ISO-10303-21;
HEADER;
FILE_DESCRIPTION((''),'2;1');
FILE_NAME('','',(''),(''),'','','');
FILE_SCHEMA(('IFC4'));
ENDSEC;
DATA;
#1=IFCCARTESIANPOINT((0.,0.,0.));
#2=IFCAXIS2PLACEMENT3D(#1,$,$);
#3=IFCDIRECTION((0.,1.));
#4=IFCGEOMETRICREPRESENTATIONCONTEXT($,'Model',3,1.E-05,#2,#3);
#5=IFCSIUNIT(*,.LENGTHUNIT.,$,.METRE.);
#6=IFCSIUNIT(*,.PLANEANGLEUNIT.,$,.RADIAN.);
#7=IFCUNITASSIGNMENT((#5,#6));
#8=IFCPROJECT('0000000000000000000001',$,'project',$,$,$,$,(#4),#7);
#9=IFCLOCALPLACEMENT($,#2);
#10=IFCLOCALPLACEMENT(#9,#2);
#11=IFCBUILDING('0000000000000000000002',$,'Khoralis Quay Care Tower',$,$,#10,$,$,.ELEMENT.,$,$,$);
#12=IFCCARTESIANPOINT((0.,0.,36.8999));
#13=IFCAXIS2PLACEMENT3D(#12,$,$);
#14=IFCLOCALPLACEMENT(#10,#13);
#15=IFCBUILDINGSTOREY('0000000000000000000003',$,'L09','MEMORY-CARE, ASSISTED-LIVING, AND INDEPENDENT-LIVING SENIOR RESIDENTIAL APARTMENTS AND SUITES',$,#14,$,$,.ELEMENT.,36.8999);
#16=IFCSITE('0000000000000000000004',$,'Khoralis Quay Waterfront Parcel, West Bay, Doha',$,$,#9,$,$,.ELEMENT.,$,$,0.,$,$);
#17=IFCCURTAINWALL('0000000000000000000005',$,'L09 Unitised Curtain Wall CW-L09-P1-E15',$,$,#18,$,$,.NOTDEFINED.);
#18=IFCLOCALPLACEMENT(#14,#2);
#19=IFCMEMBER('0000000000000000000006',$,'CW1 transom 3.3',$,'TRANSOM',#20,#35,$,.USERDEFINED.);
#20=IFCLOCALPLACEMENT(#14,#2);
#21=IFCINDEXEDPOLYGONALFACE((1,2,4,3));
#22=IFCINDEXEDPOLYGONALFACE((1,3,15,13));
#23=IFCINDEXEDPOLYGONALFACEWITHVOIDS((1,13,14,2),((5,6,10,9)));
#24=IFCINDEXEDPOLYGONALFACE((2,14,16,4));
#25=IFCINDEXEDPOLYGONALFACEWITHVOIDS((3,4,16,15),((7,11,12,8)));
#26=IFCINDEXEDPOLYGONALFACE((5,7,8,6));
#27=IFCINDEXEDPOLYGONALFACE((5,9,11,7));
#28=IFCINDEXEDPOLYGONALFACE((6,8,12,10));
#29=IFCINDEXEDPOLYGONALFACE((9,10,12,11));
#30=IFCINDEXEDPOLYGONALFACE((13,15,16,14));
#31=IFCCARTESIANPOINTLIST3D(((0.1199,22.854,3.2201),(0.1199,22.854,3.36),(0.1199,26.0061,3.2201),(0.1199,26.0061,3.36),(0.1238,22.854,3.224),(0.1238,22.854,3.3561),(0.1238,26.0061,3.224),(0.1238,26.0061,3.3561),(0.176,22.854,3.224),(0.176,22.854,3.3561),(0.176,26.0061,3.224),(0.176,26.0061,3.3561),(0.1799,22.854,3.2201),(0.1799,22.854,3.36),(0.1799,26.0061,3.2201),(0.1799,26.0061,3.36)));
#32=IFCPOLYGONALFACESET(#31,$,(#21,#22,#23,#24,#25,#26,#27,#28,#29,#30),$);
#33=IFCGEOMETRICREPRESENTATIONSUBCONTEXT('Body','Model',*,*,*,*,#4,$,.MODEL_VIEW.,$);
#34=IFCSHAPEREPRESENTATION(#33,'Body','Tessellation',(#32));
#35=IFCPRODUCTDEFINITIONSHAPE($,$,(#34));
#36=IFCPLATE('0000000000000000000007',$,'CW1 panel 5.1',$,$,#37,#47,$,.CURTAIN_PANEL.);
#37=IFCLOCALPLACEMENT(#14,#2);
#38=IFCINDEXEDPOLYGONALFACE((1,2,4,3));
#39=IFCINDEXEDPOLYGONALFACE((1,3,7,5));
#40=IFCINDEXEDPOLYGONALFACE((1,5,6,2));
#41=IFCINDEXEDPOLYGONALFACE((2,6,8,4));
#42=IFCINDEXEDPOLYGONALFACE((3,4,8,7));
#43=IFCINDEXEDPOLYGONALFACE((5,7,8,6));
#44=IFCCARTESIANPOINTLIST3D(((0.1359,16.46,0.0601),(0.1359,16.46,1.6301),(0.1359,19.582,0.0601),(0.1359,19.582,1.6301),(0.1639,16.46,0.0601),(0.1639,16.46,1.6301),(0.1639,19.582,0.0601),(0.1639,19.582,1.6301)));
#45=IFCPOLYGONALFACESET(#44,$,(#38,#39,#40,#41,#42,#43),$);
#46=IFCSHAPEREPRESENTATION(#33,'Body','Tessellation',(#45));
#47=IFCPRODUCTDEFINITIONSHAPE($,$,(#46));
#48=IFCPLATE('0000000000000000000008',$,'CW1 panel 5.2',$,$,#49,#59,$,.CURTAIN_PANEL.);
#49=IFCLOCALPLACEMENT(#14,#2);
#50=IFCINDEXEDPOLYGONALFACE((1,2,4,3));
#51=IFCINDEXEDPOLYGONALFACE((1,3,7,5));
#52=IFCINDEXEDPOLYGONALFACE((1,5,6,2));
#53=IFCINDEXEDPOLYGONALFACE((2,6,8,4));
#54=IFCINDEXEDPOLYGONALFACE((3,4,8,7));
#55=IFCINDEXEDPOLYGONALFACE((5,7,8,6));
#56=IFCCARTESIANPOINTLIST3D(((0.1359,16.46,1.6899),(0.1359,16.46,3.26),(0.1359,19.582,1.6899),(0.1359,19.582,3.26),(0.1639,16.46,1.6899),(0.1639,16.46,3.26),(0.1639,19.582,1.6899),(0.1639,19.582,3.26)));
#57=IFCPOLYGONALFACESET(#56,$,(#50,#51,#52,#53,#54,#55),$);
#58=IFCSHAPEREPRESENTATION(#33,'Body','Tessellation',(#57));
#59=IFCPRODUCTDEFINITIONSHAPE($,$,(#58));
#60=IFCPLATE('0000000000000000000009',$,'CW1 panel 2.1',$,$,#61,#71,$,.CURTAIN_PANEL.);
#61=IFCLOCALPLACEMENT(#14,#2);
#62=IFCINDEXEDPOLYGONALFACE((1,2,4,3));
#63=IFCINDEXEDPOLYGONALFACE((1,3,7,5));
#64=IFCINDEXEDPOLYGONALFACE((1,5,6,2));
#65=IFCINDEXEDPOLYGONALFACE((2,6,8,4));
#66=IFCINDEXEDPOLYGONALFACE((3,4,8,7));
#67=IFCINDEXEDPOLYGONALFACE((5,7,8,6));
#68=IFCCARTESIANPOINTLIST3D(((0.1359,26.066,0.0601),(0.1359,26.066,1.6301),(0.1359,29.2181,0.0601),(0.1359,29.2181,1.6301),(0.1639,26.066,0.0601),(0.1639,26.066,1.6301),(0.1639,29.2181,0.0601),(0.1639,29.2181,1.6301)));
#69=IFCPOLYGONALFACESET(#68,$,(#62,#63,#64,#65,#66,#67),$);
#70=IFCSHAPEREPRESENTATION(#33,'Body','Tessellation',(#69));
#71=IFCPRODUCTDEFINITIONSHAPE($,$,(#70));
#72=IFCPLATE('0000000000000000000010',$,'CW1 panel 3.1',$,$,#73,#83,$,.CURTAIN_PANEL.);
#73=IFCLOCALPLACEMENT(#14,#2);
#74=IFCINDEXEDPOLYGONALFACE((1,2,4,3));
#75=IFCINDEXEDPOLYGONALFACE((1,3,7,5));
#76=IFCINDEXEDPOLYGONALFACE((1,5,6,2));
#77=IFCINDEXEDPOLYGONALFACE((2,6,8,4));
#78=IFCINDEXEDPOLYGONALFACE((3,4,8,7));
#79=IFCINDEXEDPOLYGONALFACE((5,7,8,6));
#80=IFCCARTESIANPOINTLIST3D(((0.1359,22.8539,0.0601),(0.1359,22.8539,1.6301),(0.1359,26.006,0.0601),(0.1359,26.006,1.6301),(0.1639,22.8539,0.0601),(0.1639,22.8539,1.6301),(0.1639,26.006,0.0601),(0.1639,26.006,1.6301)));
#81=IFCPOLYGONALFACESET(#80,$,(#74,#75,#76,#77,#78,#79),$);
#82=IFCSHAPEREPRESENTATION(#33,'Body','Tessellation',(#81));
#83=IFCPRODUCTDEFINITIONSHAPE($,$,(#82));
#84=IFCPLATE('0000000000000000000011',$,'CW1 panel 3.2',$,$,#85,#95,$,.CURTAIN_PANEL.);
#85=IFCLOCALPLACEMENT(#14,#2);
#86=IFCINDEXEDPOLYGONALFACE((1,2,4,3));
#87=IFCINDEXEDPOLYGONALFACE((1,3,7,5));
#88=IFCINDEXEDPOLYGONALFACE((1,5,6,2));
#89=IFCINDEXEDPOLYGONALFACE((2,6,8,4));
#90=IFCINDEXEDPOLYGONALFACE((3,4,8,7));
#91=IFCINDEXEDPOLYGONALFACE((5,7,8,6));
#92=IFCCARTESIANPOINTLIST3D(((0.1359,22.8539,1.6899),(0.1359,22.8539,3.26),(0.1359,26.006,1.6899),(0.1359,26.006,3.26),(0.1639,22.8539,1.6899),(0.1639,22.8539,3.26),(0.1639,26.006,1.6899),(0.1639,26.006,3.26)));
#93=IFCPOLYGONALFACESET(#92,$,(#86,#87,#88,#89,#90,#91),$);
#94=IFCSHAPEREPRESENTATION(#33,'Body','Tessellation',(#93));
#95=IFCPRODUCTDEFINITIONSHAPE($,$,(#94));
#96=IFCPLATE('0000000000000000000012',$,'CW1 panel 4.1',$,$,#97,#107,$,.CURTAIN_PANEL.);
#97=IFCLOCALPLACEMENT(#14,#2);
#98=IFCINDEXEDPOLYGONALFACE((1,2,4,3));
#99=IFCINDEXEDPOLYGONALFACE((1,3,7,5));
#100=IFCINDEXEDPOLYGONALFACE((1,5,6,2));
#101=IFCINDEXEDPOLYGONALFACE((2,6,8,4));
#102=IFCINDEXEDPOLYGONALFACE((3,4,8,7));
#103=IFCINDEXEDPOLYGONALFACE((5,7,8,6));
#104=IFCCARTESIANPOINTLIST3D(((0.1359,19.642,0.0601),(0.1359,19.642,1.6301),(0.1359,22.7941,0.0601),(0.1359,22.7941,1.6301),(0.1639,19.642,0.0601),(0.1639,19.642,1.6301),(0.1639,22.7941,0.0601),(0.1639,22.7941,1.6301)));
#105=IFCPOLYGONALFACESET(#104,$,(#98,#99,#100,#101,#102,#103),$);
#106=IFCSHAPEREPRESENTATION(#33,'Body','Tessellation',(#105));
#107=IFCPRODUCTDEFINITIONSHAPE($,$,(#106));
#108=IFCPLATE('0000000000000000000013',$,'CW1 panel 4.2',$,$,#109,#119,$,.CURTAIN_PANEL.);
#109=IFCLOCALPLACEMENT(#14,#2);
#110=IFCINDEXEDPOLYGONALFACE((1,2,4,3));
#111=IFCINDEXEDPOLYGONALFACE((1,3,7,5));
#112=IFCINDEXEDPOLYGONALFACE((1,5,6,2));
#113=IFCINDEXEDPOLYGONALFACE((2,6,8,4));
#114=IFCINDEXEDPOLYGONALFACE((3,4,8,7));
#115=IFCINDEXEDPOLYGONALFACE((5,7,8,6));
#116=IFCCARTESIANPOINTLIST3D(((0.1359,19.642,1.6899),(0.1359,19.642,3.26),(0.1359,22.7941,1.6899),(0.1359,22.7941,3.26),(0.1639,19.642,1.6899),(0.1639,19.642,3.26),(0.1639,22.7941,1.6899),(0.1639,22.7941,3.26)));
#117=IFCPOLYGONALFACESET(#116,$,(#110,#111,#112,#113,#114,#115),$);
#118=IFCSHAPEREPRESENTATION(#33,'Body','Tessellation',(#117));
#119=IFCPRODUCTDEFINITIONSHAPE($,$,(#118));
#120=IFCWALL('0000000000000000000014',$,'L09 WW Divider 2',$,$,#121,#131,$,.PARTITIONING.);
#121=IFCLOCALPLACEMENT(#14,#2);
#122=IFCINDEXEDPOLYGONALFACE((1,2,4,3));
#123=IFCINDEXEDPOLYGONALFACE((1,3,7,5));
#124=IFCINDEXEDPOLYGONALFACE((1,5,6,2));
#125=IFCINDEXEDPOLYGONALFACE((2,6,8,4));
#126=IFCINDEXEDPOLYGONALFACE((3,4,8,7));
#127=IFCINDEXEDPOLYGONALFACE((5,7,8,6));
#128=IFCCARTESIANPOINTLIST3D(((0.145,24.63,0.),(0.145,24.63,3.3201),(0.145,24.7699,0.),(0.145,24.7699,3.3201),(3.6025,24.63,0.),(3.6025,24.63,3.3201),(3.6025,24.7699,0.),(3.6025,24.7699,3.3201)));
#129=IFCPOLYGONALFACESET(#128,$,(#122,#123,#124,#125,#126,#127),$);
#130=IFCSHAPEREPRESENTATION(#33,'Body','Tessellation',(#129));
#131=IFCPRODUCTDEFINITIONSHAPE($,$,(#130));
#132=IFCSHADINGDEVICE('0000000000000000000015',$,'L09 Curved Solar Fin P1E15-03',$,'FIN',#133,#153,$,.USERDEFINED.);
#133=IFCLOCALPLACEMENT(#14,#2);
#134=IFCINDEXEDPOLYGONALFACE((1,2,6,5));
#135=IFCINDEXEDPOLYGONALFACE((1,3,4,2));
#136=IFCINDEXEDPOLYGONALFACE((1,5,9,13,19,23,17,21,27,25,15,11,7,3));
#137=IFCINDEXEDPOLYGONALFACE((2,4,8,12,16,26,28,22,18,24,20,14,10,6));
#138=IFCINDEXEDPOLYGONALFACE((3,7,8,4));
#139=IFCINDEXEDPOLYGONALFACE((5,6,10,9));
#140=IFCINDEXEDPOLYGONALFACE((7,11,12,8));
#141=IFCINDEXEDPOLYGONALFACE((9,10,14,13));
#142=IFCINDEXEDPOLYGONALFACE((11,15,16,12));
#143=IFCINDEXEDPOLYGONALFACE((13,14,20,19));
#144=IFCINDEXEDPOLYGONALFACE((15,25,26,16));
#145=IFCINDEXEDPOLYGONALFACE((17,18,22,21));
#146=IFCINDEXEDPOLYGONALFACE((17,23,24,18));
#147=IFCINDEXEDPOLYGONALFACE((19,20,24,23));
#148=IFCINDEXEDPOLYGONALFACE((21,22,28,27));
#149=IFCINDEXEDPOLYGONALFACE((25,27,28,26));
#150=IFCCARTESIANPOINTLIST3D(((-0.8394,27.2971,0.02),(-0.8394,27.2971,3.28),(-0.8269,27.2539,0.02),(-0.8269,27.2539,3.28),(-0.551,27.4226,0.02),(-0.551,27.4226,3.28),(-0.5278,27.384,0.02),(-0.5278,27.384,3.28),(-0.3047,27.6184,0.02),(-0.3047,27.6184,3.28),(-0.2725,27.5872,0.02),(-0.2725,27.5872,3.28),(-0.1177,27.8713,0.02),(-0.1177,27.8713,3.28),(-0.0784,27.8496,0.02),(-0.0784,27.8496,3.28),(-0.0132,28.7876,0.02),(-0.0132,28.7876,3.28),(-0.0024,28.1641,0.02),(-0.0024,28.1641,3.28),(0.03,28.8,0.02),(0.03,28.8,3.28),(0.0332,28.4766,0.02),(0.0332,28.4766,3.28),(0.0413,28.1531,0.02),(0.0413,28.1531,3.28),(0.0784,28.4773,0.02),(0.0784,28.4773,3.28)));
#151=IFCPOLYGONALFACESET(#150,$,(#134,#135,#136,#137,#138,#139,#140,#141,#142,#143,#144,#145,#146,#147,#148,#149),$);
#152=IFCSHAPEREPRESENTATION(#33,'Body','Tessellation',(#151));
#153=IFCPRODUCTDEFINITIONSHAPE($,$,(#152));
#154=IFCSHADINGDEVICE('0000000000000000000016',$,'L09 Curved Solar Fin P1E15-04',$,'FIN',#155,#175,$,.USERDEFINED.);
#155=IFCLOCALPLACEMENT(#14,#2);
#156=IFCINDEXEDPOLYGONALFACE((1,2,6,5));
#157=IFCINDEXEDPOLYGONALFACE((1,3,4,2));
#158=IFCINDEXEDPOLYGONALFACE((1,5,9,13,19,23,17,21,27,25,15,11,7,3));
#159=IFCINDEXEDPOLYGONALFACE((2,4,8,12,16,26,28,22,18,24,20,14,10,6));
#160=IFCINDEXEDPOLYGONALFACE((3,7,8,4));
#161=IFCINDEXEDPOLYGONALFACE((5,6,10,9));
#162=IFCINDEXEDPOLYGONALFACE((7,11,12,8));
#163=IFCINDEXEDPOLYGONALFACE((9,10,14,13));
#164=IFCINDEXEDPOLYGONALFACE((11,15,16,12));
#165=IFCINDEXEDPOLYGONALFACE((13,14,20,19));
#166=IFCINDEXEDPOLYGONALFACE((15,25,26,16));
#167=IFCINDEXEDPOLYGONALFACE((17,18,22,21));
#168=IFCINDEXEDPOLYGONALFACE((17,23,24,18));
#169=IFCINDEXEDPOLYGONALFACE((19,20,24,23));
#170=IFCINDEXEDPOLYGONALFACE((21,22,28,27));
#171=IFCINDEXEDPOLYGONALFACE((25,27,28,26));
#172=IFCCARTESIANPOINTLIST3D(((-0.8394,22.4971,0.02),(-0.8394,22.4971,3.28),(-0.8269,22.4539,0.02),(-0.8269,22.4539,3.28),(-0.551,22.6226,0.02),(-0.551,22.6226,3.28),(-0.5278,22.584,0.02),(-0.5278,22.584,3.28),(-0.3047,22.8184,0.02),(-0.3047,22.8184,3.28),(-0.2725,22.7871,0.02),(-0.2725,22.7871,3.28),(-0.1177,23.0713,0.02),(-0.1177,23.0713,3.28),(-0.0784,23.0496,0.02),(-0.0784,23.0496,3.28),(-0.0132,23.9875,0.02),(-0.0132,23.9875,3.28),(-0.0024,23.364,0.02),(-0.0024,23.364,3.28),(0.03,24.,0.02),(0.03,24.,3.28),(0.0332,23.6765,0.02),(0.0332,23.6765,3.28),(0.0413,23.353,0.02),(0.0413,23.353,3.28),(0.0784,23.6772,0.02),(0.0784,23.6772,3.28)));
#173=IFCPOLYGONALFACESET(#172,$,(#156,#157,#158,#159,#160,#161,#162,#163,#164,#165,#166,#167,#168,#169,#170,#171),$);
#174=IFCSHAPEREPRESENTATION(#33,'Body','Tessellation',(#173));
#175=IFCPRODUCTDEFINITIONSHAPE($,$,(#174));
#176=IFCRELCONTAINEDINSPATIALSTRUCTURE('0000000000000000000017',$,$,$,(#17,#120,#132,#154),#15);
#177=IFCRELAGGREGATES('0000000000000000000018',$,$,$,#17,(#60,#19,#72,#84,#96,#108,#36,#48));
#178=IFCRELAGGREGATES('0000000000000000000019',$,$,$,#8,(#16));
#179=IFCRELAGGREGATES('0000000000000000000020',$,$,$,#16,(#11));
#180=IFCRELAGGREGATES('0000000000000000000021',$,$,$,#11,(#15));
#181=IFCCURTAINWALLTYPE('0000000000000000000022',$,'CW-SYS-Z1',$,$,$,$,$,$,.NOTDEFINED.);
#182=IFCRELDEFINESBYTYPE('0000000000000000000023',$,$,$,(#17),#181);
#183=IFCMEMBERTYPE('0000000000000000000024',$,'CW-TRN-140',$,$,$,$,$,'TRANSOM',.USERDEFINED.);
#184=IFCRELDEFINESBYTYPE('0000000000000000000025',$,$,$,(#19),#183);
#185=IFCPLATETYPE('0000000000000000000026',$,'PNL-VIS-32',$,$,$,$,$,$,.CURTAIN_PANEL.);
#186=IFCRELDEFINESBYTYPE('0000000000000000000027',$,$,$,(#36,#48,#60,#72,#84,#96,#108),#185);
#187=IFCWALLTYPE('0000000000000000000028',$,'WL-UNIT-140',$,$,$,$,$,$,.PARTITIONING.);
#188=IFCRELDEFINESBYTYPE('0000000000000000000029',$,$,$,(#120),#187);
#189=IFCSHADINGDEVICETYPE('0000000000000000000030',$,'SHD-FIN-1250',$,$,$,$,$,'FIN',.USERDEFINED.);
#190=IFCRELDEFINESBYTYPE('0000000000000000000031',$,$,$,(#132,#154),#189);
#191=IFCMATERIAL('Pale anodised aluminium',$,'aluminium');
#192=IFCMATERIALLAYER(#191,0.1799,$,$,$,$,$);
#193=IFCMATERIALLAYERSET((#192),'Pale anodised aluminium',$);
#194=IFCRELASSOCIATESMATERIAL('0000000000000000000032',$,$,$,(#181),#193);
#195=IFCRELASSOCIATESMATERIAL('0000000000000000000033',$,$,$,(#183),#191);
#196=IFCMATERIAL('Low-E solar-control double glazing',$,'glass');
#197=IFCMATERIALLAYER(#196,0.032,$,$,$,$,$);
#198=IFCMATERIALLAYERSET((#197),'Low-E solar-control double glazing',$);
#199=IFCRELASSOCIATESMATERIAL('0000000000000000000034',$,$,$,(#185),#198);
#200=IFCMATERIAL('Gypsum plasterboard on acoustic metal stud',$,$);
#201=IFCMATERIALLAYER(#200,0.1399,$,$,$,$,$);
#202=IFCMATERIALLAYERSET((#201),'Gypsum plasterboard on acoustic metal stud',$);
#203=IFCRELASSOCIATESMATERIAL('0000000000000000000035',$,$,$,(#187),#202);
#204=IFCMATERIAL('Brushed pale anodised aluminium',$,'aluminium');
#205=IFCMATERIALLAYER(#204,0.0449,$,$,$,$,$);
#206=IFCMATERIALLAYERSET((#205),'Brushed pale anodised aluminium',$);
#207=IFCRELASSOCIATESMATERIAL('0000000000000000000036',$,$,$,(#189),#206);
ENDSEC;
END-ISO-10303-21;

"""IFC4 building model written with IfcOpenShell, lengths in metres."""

from ifc_helpers import new_model, si_unit, direction, frame, frame_2d, origin, origin_2d, place, context, subcontext, project, spatial, polyline, rectangle, hollow_rectangle, outline, extrude, source, transform, mapped, material, layer, layer_set, material_profile, profile_set, type_object, element, aggregate, save


model = new_model("IFC4")

# Units and contexts
model_context = context("Model", 3, precision=1e-05, world=origin(), true_north=direction((0.0, 1.0)))
body_context = subcontext(model_context, "Body", "Model", "MODEL_VIEW")
ifc_project = project(units=[si_unit("LENGTHUNIT", "METRE"), si_unit("PLANEANGLEUNIT", "RADIAN")], contexts=[model_context])

# Site, building, storey
site_placement = place(None, origin())
site = spatial("IfcSite", under=ifc_project, at=site_placement, Name="Khoralis Quay Waterfront Parcel, West Bay, Doha", CompositionType="ELEMENT", RefElevation=0.0)
building_placement = place(site_placement, origin())
building = spatial("IfcBuilding", under=site, at=building_placement, Name="Khoralis Quay Care Tower", CompositionType="ELEMENT")
storey_placement = place(building_placement, frame((0.0, 0.0, 36.8999)))
storey = spatial("IfcBuildingStorey", under=building, at=storey_placement, Name="L09", Description="MEMORY-CARE, ASSISTED-LIVING, AND INDEPENDENT-LIVING SENIOR RESIDENTIAL APARTMENTS AND SUITES", CompositionType="ELEMENT", Elevation=36.8999)

# Curtain wall, member, plates
ifc_material_1 = material(Name="Pale anodised aluminium", Category="aluminium")
ifc_layer_1 = layer(ifc_material_1, 0.1799)
ifc_layer_set_1 = layer_set([ifc_layer_1], Name="Pale anodised aluminium")
curtain_wall_type = type_object("IfcCurtainWallType", Name="CW-SYS-Z1", PredefinedType="NOTDEFINED", material=ifc_layer_set_1)
curtain_wall_placement = place(storey_placement, origin())
curtain_wall = element("IfcCurtainWall", 1, at=curtain_wall_placement, inside=storey, type_object=curtain_wall_type, Name="L09 Unitised Curtain Wall CW-L09-P1-E15", PredefinedType="NOTDEFINED")
ifc_material_profile_1 = material_profile(ifc_material_1, hollow_rectangle(XDim=0.0601, YDim=0.1399, WallThickness=0.0039, at=origin_2d()), Name="Pale anodised aluminium")
ifc_profile_set_1 = profile_set([ifc_material_profile_1], Name="Pale anodised aluminium")
member_type_1 = type_object("IfcMemberType", Name="CW-TRN-140", ElementType="TRANSOM", PredefinedType="USERDEFINED", material=ifc_profile_set_1)
shared_shape_1 = source(origin(), body_context, "Body", "SweptSolid", [
    extrude(hollow_rectangle(XDim=0.0601, YDim=0.1399, WallThickness=0.0039, at=origin_2d()), origin(), (0.0, 0.0, 1.0), 3.1521),
])
member_1_placement = place(storey_placement, frame((0.1499, 26.0061, 3.29), z_axis=(0.0, -1.0, 0.0), x_axis=(1.0, 0.0, 0.0)))
member_1 = element("IfcMember", 2, at=member_1_placement, type_object=member_type_1, Name="CW1 transom 3.3", ObjectType="TRANSOM", PredefinedType="USERDEFINED", context=body_context, shape_type="MappedRepresentation", body=[
    mapped(shared_shape_1, transform((0.0, 0.0, 0.0), scale=1.0)),
])
ifc_material_2 = material(Name="Low-E solar-control double glazing", Category="glass")
ifc_layer_2 = layer(ifc_material_2, 0.032)
ifc_layer_set_2 = layer_set([ifc_layer_2], Name="Low-E solar-control double glazing")
plate_type = type_object("IfcPlateType", Name="PNL-VIS-32", PredefinedType="CURTAIN_PANEL", material=ifc_layer_set_2)
shared_shape_2 = source(origin(), body_context, "Body", "SweptSolid", [
    extrude(rectangle(XDim=3.1221, YDim=0.0281, at=origin_2d()), origin(), (0.0, 0.0, 1.0), 1.5701),
])
plate_1_placement = place(storey_placement, frame((0.1499, 18.021, 0.0601), z_axis=(0.0, 0.0, 1.0), x_axis=(0.0, -1.0, 0.0)))
plate_1 = element("IfcPlate", 3, at=plate_1_placement, type_object=plate_type, Name="CW1 panel 5.1", PredefinedType="CURTAIN_PANEL", context=body_context, shape_type="MappedRepresentation", body=[
    mapped(shared_shape_2, transform((0.0, 0.0, 0.0), scale=1.0)),
])
plate_2_placement = place(storey_placement, frame((0.1499, 18.021, 1.6899), z_axis=(0.0, 0.0, 1.0), x_axis=(0.0, -1.0, 0.0)))
plate_2 = element("IfcPlate", 4, at=plate_2_placement, type_object=plate_type, Name="CW1 panel 5.2", PredefinedType="CURTAIN_PANEL", context=body_context, shape_type="MappedRepresentation", body=[
    mapped(shared_shape_2, transform((0.0, 0.0, 0.0), scale=1.0)),
])
shared_shape_3 = source(origin(), body_context, "Body", "SweptSolid", [
    extrude(rectangle(XDim=3.1521, YDim=0.0281, at=origin_2d()), origin(), (0.0, 0.0, 1.0), 1.5701),
])
plate_3_placement = place(storey_placement, frame((0.1499, 27.6421, 0.0601), z_axis=(0.0, 0.0, 1.0), x_axis=(0.0, -1.0, 0.0)))
plate_3 = element("IfcPlate", 5, at=plate_3_placement, type_object=plate_type, Name="CW1 panel 2.1", PredefinedType="CURTAIN_PANEL", context=body_context, shape_type="MappedRepresentation", body=[
    mapped(shared_shape_3, transform((0.0, 0.0, 0.0), scale=1.0)),
])
plate_4_placement = place(storey_placement, frame((0.1499, 24.4299, 0.0601), z_axis=(0.0, 0.0, 1.0), x_axis=(0.0, -1.0, 0.0)))
plate_4 = element("IfcPlate", 6, at=plate_4_placement, type_object=plate_type, Name="CW1 panel 3.1", PredefinedType="CURTAIN_PANEL", context=body_context, shape_type="MappedRepresentation", body=[
    mapped(shared_shape_3, transform((0.0, 0.0, 0.0), scale=1.0)),
])
plate_5_placement = place(storey_placement, frame((0.1499, 24.4299, 1.6899), z_axis=(0.0, 0.0, 1.0), x_axis=(0.0, -1.0, 0.0)))
plate_5 = element("IfcPlate", 7, at=plate_5_placement, type_object=plate_type, Name="CW1 panel 3.2", PredefinedType="CURTAIN_PANEL", context=body_context, shape_type="MappedRepresentation", body=[
    mapped(shared_shape_3, transform((0.0, 0.0, 0.0), scale=1.0)),
])
plate_6_placement = place(storey_placement, frame((0.1499, 21.218, 0.0601), z_axis=(0.0, 0.0, 1.0), x_axis=(0.0, -1.0, 0.0)))
plate_6 = element("IfcPlate", 8, at=plate_6_placement, type_object=plate_type, Name="CW1 panel 4.1", PredefinedType="CURTAIN_PANEL", context=body_context, shape_type="MappedRepresentation", body=[
    mapped(shared_shape_3, transform((0.0, 0.0, 0.0), scale=1.0)),
])
plate_7_placement = place(storey_placement, frame((0.1499, 21.218, 1.6899), z_axis=(0.0, 0.0, 1.0), x_axis=(0.0, -1.0, 0.0)))
plate_7 = element("IfcPlate", 9, at=plate_7_placement, type_object=plate_type, Name="CW1 panel 4.2", PredefinedType="CURTAIN_PANEL", context=body_context, shape_type="MappedRepresentation", body=[
    mapped(shared_shape_3, transform((0.0, 0.0, 0.0), scale=1.0)),
])
aggregate(curtain_wall, [plate_3, member_1, plate_4, plate_5, plate_6, plate_7, plate_1, plate_2])

# Wall
ifc_material_3 = material(Name="Gypsum plasterboard on acoustic metal stud")
ifc_layer_3 = layer(ifc_material_3, 0.1399)
ifc_layer_set_3 = layer_set([ifc_layer_3], Name="Gypsum plasterboard on acoustic metal stud")
wall_type = type_object("IfcWallType", Name="WL-UNIT-140", PredefinedType="PARTITIONING", material=ifc_layer_set_3)
wall_placement = place(storey_placement, frame((0.145, 24.7, 0.0), z_axis=(0.0, 0.0, 1.0), x_axis=(1.0, 0.0, 0.0)))
element("IfcWall", 10, at=wall_placement, inside=storey, type_object=wall_type, Name="L09 WW Divider 2", PredefinedType="PARTITIONING", context=body_context, shape_type="SweptSolid", body=[
    extrude(rectangle(XDim=3.4575, YDim=0.1399, at=frame_2d((1.7288, 0.0))), origin(), (0.0, 0.0, 1.0), 3.3201),
])

# Shading devices
ifc_material_4 = material(Name="Brushed pale anodised aluminium", Category="aluminium")
ifc_layer_4 = layer(ifc_material_4, 0.0449)
ifc_layer_set_4 = layer_set([ifc_layer_4], Name="Brushed pale anodised aluminium")
shading_device_type = type_object("IfcShadingDeviceType", Name="SHD-FIN-1250", ElementType="FIN", PredefinedType="USERDEFINED", material=ifc_layer_set_4)
shared_shape_4 = source(origin(), body_context, "Body", "SweptSolid", [
    extrude(outline(polyline([(0.0, 0.0), (-0.0483, 0.3228), (-0.0112, 0.647), (0.1084, 0.9504), (0.3025, 1.2129), (0.5579, 1.416), (0.8569, 1.5461), (0.8694, 1.5029), (0.5811, 1.3774), (0.3347, 1.1816), (0.1477, 0.9287), (0.0325, 0.636), (-0.0032, 0.3235), (0.0432, 0.0125), (0.0, 0.0)])), origin(), (0.0, 0.0, 1.0), 3.26),
])
for number, where, z_axis, x_axis, name in (
    (11, (0.03, 28.8, 0.02), (0.0, 0.0, 1.0), (-1.0, 0.0, 0.0), "L09 Curved Solar Fin P1E15-03"),
    (12, (0.03, 24.0, 0.02), (0.0, 0.0, 1.0), (-1.0, 0.0, 0.0), "L09 Curved Solar Fin P1E15-04"),
):
    element("IfcShadingDevice", number, at=place(storey_placement, frame(where, z_axis=z_axis, x_axis=x_axis)), inside=storey, type_object=shading_device_type, Name=name, ObjectType="FIN", PredefinedType="USERDEFINED", context=body_context, shape_type="MappedRepresentation", body=[
        mapped(shared_shape_4, transform((0.0, 0.0, 0.0), scale=1.0)),
    ])

save(model, "model.ifc")
